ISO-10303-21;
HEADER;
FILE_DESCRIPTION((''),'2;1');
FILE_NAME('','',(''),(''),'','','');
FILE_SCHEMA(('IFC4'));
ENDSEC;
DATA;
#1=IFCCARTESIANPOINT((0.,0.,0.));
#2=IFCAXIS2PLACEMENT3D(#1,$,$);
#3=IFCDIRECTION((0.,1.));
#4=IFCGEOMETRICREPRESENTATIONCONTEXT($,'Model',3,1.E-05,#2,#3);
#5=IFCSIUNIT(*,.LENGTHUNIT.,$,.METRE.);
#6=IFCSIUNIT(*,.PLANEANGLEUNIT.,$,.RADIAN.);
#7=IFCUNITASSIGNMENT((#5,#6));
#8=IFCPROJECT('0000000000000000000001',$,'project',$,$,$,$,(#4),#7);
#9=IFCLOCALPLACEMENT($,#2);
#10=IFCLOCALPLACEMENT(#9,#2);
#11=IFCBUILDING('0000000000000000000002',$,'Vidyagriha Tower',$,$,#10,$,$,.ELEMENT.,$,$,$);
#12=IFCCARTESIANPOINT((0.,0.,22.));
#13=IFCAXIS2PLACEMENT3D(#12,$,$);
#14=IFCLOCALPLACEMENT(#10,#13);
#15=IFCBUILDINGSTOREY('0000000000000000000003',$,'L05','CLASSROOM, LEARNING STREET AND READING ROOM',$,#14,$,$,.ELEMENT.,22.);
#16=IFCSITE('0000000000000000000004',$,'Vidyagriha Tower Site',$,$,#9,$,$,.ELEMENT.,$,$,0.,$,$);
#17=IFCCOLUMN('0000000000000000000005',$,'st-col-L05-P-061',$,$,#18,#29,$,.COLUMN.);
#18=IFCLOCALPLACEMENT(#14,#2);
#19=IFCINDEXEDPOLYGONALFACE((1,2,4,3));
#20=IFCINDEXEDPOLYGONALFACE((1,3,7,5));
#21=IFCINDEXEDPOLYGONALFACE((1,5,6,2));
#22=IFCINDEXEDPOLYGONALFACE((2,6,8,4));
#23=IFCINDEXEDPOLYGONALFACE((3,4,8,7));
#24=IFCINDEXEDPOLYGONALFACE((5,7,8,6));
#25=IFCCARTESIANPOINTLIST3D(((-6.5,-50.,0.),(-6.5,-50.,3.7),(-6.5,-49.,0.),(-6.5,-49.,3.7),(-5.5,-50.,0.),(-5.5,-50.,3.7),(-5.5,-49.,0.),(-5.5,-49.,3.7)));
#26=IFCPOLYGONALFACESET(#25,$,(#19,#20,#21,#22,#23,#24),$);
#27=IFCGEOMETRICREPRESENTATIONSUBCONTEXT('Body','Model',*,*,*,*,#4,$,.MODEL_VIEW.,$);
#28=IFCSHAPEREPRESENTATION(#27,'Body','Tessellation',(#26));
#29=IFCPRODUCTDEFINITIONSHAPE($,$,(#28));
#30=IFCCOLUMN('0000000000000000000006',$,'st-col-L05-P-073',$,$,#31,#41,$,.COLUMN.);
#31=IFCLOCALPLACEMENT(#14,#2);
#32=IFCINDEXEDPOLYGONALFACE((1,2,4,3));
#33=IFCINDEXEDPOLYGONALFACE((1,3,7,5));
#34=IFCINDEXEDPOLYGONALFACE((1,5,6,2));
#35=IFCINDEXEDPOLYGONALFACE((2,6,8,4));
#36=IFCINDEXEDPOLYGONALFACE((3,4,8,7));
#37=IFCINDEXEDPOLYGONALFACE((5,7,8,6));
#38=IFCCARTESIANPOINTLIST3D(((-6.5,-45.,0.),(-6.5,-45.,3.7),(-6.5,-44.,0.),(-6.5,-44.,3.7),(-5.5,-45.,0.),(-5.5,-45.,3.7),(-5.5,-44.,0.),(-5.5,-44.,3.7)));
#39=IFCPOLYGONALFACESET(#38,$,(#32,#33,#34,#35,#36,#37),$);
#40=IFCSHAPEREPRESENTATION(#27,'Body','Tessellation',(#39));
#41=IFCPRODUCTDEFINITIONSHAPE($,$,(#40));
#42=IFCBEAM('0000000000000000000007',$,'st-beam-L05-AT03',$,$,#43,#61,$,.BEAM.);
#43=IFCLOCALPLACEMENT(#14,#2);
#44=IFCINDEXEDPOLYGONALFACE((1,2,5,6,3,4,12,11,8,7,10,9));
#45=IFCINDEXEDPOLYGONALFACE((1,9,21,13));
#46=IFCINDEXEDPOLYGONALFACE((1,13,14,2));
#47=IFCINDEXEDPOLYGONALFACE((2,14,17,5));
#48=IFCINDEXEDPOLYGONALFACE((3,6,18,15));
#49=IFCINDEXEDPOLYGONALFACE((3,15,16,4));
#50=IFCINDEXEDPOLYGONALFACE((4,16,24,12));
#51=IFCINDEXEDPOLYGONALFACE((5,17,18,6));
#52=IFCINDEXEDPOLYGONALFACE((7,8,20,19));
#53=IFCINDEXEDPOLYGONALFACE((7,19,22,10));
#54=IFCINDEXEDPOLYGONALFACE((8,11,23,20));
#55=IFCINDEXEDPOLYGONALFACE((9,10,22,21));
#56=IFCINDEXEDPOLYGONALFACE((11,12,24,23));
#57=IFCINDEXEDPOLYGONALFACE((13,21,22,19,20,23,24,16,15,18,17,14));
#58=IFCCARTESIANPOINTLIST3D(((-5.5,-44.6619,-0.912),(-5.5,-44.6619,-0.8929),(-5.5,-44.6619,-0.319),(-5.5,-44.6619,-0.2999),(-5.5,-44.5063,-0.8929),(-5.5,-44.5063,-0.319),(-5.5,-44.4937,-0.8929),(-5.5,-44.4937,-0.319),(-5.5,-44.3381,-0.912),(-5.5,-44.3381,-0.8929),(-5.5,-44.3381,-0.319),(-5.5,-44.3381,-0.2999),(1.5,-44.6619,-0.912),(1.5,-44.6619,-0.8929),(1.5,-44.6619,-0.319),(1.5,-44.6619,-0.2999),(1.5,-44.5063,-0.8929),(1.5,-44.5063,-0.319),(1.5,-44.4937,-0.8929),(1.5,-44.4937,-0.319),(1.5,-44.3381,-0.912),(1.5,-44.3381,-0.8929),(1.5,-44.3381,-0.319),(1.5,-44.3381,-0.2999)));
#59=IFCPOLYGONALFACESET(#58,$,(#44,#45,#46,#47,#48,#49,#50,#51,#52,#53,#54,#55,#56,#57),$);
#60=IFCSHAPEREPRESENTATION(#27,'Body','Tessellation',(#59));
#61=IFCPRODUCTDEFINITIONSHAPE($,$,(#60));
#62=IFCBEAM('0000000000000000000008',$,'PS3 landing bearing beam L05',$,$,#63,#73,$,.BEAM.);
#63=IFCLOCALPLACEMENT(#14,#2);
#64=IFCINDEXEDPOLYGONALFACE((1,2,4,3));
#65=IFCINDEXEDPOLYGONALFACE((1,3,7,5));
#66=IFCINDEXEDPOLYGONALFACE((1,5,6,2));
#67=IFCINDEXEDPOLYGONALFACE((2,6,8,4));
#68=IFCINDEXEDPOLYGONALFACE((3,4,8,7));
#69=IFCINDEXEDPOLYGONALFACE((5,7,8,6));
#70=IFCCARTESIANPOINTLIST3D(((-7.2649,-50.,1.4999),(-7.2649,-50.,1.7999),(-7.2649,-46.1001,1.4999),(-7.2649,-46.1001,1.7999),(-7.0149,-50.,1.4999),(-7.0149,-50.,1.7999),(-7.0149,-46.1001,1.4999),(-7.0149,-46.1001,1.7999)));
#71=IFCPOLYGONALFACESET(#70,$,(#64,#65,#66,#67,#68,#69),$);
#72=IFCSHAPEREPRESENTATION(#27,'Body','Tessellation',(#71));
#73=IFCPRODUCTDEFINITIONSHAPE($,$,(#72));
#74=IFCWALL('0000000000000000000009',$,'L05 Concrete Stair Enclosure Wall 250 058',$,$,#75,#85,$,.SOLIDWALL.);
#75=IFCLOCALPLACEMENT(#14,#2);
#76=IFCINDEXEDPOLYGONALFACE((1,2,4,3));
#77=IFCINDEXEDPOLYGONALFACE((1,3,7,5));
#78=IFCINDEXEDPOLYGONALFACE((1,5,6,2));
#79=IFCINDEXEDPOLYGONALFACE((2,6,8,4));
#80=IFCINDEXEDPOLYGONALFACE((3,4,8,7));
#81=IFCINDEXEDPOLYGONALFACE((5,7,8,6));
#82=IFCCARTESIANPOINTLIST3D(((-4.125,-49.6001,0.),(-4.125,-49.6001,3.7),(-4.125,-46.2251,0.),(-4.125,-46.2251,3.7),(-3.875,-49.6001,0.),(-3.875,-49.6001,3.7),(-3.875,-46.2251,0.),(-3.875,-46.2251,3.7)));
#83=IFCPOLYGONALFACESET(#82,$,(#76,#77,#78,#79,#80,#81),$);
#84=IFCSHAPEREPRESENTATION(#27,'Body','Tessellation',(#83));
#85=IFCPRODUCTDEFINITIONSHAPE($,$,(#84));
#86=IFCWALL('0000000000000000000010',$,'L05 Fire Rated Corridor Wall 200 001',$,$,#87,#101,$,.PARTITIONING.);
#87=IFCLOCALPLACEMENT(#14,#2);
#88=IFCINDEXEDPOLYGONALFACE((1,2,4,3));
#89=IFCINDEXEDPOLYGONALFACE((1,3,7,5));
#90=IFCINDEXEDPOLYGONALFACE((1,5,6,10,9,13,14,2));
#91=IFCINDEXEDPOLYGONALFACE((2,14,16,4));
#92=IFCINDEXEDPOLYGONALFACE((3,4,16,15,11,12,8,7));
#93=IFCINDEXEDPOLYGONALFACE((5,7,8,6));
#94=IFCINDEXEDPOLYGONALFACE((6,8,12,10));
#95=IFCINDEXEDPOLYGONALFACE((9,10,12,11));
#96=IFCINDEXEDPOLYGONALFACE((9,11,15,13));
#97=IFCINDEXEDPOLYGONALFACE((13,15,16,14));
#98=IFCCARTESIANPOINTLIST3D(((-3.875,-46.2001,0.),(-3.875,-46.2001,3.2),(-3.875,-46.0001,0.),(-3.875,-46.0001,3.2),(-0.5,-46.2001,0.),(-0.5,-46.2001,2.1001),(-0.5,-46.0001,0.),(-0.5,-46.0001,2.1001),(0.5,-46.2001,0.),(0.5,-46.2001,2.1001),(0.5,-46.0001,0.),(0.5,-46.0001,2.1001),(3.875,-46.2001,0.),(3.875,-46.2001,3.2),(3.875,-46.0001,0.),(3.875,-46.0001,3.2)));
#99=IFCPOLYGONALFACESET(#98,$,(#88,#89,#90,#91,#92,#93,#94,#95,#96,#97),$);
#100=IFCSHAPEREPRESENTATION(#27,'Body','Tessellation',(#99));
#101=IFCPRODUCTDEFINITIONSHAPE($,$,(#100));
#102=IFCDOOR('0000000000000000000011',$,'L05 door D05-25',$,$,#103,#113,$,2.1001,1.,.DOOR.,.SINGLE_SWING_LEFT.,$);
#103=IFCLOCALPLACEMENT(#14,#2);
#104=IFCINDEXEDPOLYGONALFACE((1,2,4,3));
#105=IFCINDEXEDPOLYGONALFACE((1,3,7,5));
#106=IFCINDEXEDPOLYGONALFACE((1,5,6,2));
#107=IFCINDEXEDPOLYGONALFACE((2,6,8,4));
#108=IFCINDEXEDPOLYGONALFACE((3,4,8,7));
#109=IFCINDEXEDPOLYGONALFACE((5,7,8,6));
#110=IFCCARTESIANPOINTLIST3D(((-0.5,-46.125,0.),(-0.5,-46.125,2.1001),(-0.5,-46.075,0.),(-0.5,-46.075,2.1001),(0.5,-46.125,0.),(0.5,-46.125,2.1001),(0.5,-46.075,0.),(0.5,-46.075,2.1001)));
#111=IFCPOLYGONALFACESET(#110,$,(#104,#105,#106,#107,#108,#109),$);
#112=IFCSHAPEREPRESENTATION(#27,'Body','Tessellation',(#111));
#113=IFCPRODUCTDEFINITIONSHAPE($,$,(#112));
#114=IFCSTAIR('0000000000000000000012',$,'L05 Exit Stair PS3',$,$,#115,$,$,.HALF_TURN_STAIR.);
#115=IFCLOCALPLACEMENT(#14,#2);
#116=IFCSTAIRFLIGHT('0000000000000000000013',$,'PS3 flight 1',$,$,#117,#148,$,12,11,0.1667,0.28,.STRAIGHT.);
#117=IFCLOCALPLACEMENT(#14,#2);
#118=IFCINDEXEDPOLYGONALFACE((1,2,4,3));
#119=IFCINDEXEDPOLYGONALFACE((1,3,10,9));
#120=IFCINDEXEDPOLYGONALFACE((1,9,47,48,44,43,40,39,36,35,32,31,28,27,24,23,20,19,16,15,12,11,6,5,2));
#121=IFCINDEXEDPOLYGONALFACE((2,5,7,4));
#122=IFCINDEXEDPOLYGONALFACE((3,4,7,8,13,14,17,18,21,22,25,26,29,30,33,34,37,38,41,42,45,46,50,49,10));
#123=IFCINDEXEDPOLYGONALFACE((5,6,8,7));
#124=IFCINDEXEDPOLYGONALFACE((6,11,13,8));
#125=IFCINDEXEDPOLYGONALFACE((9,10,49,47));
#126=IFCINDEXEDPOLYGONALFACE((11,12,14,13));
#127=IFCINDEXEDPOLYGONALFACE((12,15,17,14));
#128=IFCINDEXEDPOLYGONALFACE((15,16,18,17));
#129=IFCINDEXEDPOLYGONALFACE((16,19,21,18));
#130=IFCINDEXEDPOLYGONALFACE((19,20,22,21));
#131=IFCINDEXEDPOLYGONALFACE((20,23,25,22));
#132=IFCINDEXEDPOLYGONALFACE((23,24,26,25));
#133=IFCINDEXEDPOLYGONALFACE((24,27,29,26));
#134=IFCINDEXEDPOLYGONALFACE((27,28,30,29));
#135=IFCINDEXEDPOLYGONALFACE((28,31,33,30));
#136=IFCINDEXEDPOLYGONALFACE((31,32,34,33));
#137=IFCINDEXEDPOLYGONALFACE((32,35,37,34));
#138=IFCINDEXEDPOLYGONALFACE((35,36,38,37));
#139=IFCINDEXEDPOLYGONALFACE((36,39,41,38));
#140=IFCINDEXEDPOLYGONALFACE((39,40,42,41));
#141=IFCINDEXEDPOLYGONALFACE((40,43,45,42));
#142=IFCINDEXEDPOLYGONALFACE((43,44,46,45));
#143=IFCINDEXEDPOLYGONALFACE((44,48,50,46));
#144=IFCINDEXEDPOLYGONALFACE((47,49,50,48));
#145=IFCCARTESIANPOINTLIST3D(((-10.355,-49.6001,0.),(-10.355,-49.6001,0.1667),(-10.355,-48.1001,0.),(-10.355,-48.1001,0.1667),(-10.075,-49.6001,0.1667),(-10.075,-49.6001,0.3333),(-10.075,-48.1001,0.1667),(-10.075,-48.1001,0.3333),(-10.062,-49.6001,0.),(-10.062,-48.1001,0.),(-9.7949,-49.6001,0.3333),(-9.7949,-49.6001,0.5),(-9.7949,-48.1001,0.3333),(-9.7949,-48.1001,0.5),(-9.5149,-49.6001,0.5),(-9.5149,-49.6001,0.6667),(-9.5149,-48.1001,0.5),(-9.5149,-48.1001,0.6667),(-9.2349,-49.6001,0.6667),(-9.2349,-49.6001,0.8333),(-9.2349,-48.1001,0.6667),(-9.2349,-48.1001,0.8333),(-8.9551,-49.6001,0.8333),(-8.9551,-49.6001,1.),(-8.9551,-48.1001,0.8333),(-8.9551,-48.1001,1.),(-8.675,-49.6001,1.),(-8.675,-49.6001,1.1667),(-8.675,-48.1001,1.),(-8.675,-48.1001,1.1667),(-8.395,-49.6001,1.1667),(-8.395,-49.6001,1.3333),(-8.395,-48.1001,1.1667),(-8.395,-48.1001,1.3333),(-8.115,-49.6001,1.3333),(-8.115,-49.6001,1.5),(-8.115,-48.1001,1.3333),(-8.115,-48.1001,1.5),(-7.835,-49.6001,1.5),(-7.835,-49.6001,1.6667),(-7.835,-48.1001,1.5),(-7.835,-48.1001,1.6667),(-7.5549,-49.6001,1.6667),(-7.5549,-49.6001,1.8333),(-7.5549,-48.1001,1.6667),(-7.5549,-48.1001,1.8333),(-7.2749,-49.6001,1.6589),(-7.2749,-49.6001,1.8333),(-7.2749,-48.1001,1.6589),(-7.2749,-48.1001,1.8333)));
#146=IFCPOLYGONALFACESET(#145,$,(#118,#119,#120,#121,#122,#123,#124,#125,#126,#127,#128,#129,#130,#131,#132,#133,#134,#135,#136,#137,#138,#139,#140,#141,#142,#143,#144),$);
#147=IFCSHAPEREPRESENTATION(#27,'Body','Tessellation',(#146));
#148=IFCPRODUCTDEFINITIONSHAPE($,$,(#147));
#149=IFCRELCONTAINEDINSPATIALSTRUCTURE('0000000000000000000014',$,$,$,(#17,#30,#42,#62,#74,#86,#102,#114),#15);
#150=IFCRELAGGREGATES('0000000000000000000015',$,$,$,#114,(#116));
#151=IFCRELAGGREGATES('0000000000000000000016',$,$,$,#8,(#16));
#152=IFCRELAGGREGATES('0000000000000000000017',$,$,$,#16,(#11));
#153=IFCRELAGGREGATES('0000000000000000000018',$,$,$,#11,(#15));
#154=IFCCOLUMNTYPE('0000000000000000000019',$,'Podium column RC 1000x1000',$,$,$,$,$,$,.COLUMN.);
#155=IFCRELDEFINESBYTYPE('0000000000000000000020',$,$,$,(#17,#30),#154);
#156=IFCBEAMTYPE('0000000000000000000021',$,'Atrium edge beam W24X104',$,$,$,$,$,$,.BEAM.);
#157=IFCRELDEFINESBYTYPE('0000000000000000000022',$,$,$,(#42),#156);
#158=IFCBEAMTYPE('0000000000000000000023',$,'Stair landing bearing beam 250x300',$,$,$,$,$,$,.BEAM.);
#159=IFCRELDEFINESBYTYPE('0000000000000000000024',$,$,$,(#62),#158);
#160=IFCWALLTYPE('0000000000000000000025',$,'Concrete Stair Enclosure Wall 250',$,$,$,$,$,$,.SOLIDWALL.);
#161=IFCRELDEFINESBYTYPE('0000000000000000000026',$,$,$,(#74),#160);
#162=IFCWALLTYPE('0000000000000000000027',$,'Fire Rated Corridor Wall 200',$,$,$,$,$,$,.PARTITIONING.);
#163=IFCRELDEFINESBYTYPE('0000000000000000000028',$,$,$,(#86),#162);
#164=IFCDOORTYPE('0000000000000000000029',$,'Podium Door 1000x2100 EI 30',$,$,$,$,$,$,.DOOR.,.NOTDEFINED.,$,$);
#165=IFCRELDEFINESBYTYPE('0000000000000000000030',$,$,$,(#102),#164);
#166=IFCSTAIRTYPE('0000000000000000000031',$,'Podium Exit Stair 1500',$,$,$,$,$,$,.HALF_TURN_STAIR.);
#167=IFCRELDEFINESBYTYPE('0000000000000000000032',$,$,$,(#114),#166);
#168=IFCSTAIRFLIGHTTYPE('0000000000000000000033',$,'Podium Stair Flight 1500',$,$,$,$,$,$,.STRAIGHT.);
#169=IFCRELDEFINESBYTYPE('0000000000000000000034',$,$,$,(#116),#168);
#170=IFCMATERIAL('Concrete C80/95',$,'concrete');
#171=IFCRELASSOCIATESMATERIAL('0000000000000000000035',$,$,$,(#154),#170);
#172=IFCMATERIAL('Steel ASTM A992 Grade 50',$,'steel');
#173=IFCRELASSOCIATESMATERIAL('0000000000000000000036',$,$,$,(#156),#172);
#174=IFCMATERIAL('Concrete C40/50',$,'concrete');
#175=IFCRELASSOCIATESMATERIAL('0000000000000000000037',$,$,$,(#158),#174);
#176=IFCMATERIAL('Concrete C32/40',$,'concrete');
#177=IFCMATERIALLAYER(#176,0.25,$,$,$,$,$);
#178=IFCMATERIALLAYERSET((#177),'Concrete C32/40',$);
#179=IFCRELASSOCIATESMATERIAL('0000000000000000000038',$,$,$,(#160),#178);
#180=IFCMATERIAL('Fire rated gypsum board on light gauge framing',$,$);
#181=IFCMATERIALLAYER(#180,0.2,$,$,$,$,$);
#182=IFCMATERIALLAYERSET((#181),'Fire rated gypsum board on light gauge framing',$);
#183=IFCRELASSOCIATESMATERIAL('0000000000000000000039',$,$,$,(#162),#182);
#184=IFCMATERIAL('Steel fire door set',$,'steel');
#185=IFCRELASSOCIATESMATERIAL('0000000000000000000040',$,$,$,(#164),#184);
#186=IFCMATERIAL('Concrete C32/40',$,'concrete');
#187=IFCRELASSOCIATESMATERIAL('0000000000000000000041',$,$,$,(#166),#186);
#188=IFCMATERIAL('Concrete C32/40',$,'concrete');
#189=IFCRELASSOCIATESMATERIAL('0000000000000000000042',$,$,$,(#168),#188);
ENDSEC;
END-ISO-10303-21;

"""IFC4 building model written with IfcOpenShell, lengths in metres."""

from ifc_helpers import new_model, si_unit, direction, frame, frame_2d, origin, origin_2d, place, context, subcontext, project, spatial, polyline, rectangle, i_section, outline, extrude, material, layer, layer_set, material_profile, profile_set, type_object, element, fill, aggregate, save


model = new_model("IFC4")

# Units and contexts
model_context = context("Model", 3, precision=1e-05, world=origin(), true_north=direction((0.0, 1.0)))
body_context = subcontext(model_context, "Body", "Model", "MODEL_VIEW")
ifc_project = project(units=[si_unit("LENGTHUNIT", "METRE"), si_unit("PLANEANGLEUNIT", "RADIAN")], contexts=[model_context])

# Site, building, storey
site_placement = place(None, origin())
site = spatial("IfcSite", under=ifc_project, at=site_placement, Name="Vidyagriha Tower Site", CompositionType="ELEMENT", RefElevation=0.0)
building_placement = place(site_placement, origin())
building = spatial("IfcBuilding", under=site, at=building_placement, Name="Vidyagriha Tower", CompositionType="ELEMENT")
storey_placement = place(building_placement, frame((0.0, 0.0, 22.0)))
storey = spatial("IfcBuildingStorey", under=building, at=storey_placement, Name="L05", Description="CLASSROOM, LEARNING STREET AND READING ROOM", CompositionType="ELEMENT", Elevation=22.0)

# Columns
ifc_material_1 = material(Name="Concrete C80/95", Category="concrete")
ifc_material_profile_1 = material_profile(ifc_material_1, rectangle(XDim=1.0, YDim=1.0, at=origin_2d()), Name="RC 1000x1000")
ifc_profile_set_1 = profile_set([ifc_material_profile_1], Name="Concrete C80/95")
column_type = type_object("IfcColumnType", Name="Podium column RC 1000x1000", PredefinedType="COLUMN", material=ifc_profile_set_1)
for number, where, name in (
    (1, (-6.0, -49.5, 0.0), "st-col-L05-P-061"),
    (2, (-6.0, -44.5, 0.0), "st-col-L05-P-073"),
):
    element("IfcColumn", number, at=place(storey_placement, frame(where)), inside=storey, type_object=column_type, Name=name, PredefinedType="COLUMN", context=body_context, shape_type="SweptSolid", body=[
        extrude(rectangle(XDim=1.0, YDim=1.0, at=origin_2d()), origin(), (0.0, 0.0, 1.0), 3.7),
    ])

# Beams
ifc_material_2 = material(Name="Steel ASTM A992 Grade 50", Category="steel")
ifc_material_profile_2 = material_profile(ifc_material_2, i_section(OverallWidth=0.3237, OverallDepth=0.6121, WebThickness=0.0127, FlangeThickness=0.019, at=origin_2d()), Name="W24X104")
ifc_profile_set_2 = profile_set([ifc_material_profile_2], Name="Steel ASTM A992 Grade 50")
beam_type_1 = type_object("IfcBeamType", Name="Atrium edge beam W24X104", PredefinedType="BEAM", material=ifc_profile_set_2)
beam_1_placement = place(storey_placement, frame((-5.5, -44.5, -0.606), z_axis=(1.0, 0.0, 0.0), x_axis=(0.0, 1.0, 0.0)))
element("IfcBeam", 3, at=beam_1_placement, inside=storey, type_object=beam_type_1, Name="st-beam-L05-AT03", PredefinedType="BEAM", context=body_context, shape_type="SweptSolid", body=[
    extrude(i_section(OverallWidth=0.3237, OverallDepth=0.6121, WebThickness=0.0127, FlangeThickness=0.019, at=origin_2d()), origin(), (0.0, 0.0, 1.0), 7.0),
])
ifc_material_3 = material(Name="Concrete C40/50", Category="concrete")
ifc_material_profile_3 = material_profile(ifc_material_3, rectangle(XDim=0.25, YDim=0.3, at=origin_2d()), Name="Stair landing bearing beam 250x300")
ifc_profile_set_3 = profile_set([ifc_material_profile_3], Name="Concrete C40/50")
beam_type_2 = type_object("IfcBeamType", Name="Stair landing bearing beam 250x300", PredefinedType="BEAM", material=ifc_profile_set_3)
beam_2_placement = place(storey_placement, frame((-7.1399, -50.0, 1.6499), z_axis=(0.0, 1.0, 0.0), x_axis=(-1.0, 0.0, 0.0)))
element("IfcBeam", 4, at=beam_2_placement, inside=storey, type_object=beam_type_2, Name="PS3 landing bearing beam L05", PredefinedType="BEAM", context=body_context, shape_type="SweptSolid", body=[
    extrude(rectangle(XDim=0.25, YDim=0.3, at=origin_2d()), origin(), (0.0, 0.0, 1.0), 3.8999),
])

# Wall
ifc_material_4 = material(Name="Concrete C32/40", Category="concrete")
ifc_layer_1 = layer(ifc_material_4, 0.25)
ifc_layer_set_1 = layer_set([ifc_layer_1], Name="Concrete C32/40")
wall_type_1 = type_object("IfcWallType", Name="Concrete Stair Enclosure Wall 250", PredefinedType="SOLIDWALL", material=ifc_layer_set_1)
wall_1_placement = place(storey_placement, frame((-4.0, -49.6001, 0.0), z_axis=(0.0, 0.0, 1.0), x_axis=(0.0, 1.0, 0.0)))
element("IfcWall", 5, at=wall_1_placement, inside=storey, type_object=wall_type_1, Name="L05 Concrete Stair Enclosure Wall 250 058", PredefinedType="SOLIDWALL", context=body_context, shape_type="SweptSolid", body=[
    extrude(rectangle(XDim=3.375, YDim=0.25, at=frame_2d((1.6875, 0.0))), origin(), (0.0, 0.0, 1.0), 3.7),
])

# Wall, opening, door
ifc_material_5 = material(Name="Fire rated gypsum board on light gauge framing")
ifc_layer_2 = layer(ifc_material_5, 0.2)
ifc_layer_set_2 = layer_set([ifc_layer_2], Name="Fire rated gypsum board on light gauge framing")
wall_type_2 = type_object("IfcWallType", Name="Fire Rated Corridor Wall 200", PredefinedType="PARTITIONING", material=ifc_layer_set_2)
wall_2_placement = place(storey_placement, frame((-3.875, -46.1001, 0.0)))
wall_2 = element("IfcWall", 6, at=wall_2_placement, inside=storey, type_object=wall_type_2, Name="L05 Fire Rated Corridor Wall 200 001", PredefinedType="PARTITIONING", context=body_context, shape_type="SweptSolid", body=[
    extrude(rectangle(XDim=7.75, YDim=0.2, at=frame_2d((3.875, 0.0))), origin(), (0.0, 0.0, 1.0), 3.2),
])
opening_placement = place(wall_2_placement, frame((3.375, 0.0, 0.0)))
opening = element("IfcOpeningElement", 7, at=opening_placement, cuts=wall_2, PredefinedType="OPENING", context=body_context, shape_type="SweptSolid", body=[
    extrude(rectangle(XDim=1.0, YDim=2.1001, at=frame_2d((0.5, 1.05))), frame((0.0, 0.1099, 0.0), z_axis=(0.0, -1.0, 0.0), x_axis=(1.0, 0.0, 0.0)), (0.0, 0.0, 1.0), 0.22),
])
ifc_material_6 = material(Name="Steel fire door set", Category="steel")
door_type = type_object("IfcDoorType", Name="Podium Door 1000x2100 EI 30", OperationType="NOTDEFINED", PredefinedType="DOOR", material=ifc_material_6)
door_placement = place(opening_placement, frame((1.0, 0.0, 0.0), z_axis=(0.0, 0.0, 1.0), x_axis=(-1.0, 0.0, 0.0)))
door = element("IfcDoor", 8, at=door_placement, inside=storey, type_object=door_type, Name="L05 door D05-25", OperationType="SINGLE_SWING_LEFT", OverallHeight=2.1001, OverallWidth=1.0, PredefinedType="DOOR", context=body_context, shape_type="SweptSolid", body=[
    extrude(rectangle(XDim=1.0, YDim=2.1001, at=frame_2d((0.5, 1.05))), frame((0.0, 0.0249, 0.0), z_axis=(0.0, -1.0, 0.0), x_axis=(1.0, 0.0, 0.0)), (0.0, 0.0, 1.0), 0.05),
])
fill(opening, door)

# Stair, stair flight
ifc_material_7 = material(Name="Concrete C32/40", Category="concrete")
stair_type = type_object("IfcStairType", Name="Podium Exit Stair 1500", PredefinedType="HALF_TURN_STAIR", material=ifc_material_7)
stair_placement = place(storey_placement, origin())
stair = element("IfcStair", 9, at=stair_placement, inside=storey, type_object=stair_type, Name="L05 Exit Stair PS3", PredefinedType="HALF_TURN_STAIR")
ifc_material_8 = material(Name="Concrete C32/40", Category="concrete")
stair_flight_type = type_object("IfcStairFlightType", Name="Podium Stair Flight 1500", PredefinedType="STRAIGHT", material=ifc_material_8)
stair_flight_1_placement = place(storey_placement, frame((-10.355, -48.8501, 0.0)))
stair_flight_1 = element("IfcStairFlight", 10, at=stair_flight_1_placement, type_object=stair_flight_type, Name="PS3 flight 1", NumberOfRisers=12, NumberOfTreads=11, PredefinedType="STRAIGHT", RiserHeight=0.1667, TreadLength=0.28, context=body_context, shape_type="SweptSolid", body=[
    extrude(outline(polyline([(0.0, 0.0), (0.0, 0.1667), (0.28, 0.1667), (0.28, 0.3333), (0.5601, 0.3333), (0.5601, 0.5), (0.8401, 0.5), (0.8401, 0.6667), (1.1201, 0.6667), (1.1201, 0.8333), (1.3999, 0.8333), (1.3999, 1.0), (1.6799, 1.0), (1.6799, 1.1667), (1.96, 1.1667), (1.96, 1.3333), (2.24, 1.3333), (2.24, 1.5), (2.52, 1.5), (2.52, 1.6667), (2.8, 1.6667), (2.8, 1.8333), (3.0801, 1.8333), (3.0801, 2.0), (3.0801, 1.6589), (0.293, 0.0), (0.0, 0.0)])), frame((0.0, 0.75, 0.0), z_axis=(0.0, -1.0, 0.0), x_axis=(1.0, 0.0, 0.0)), (0.0, 0.0, 1.0), 1.5),
])
aggregate(stair, [stair_flight_1])

save(model, "model.ifc")
